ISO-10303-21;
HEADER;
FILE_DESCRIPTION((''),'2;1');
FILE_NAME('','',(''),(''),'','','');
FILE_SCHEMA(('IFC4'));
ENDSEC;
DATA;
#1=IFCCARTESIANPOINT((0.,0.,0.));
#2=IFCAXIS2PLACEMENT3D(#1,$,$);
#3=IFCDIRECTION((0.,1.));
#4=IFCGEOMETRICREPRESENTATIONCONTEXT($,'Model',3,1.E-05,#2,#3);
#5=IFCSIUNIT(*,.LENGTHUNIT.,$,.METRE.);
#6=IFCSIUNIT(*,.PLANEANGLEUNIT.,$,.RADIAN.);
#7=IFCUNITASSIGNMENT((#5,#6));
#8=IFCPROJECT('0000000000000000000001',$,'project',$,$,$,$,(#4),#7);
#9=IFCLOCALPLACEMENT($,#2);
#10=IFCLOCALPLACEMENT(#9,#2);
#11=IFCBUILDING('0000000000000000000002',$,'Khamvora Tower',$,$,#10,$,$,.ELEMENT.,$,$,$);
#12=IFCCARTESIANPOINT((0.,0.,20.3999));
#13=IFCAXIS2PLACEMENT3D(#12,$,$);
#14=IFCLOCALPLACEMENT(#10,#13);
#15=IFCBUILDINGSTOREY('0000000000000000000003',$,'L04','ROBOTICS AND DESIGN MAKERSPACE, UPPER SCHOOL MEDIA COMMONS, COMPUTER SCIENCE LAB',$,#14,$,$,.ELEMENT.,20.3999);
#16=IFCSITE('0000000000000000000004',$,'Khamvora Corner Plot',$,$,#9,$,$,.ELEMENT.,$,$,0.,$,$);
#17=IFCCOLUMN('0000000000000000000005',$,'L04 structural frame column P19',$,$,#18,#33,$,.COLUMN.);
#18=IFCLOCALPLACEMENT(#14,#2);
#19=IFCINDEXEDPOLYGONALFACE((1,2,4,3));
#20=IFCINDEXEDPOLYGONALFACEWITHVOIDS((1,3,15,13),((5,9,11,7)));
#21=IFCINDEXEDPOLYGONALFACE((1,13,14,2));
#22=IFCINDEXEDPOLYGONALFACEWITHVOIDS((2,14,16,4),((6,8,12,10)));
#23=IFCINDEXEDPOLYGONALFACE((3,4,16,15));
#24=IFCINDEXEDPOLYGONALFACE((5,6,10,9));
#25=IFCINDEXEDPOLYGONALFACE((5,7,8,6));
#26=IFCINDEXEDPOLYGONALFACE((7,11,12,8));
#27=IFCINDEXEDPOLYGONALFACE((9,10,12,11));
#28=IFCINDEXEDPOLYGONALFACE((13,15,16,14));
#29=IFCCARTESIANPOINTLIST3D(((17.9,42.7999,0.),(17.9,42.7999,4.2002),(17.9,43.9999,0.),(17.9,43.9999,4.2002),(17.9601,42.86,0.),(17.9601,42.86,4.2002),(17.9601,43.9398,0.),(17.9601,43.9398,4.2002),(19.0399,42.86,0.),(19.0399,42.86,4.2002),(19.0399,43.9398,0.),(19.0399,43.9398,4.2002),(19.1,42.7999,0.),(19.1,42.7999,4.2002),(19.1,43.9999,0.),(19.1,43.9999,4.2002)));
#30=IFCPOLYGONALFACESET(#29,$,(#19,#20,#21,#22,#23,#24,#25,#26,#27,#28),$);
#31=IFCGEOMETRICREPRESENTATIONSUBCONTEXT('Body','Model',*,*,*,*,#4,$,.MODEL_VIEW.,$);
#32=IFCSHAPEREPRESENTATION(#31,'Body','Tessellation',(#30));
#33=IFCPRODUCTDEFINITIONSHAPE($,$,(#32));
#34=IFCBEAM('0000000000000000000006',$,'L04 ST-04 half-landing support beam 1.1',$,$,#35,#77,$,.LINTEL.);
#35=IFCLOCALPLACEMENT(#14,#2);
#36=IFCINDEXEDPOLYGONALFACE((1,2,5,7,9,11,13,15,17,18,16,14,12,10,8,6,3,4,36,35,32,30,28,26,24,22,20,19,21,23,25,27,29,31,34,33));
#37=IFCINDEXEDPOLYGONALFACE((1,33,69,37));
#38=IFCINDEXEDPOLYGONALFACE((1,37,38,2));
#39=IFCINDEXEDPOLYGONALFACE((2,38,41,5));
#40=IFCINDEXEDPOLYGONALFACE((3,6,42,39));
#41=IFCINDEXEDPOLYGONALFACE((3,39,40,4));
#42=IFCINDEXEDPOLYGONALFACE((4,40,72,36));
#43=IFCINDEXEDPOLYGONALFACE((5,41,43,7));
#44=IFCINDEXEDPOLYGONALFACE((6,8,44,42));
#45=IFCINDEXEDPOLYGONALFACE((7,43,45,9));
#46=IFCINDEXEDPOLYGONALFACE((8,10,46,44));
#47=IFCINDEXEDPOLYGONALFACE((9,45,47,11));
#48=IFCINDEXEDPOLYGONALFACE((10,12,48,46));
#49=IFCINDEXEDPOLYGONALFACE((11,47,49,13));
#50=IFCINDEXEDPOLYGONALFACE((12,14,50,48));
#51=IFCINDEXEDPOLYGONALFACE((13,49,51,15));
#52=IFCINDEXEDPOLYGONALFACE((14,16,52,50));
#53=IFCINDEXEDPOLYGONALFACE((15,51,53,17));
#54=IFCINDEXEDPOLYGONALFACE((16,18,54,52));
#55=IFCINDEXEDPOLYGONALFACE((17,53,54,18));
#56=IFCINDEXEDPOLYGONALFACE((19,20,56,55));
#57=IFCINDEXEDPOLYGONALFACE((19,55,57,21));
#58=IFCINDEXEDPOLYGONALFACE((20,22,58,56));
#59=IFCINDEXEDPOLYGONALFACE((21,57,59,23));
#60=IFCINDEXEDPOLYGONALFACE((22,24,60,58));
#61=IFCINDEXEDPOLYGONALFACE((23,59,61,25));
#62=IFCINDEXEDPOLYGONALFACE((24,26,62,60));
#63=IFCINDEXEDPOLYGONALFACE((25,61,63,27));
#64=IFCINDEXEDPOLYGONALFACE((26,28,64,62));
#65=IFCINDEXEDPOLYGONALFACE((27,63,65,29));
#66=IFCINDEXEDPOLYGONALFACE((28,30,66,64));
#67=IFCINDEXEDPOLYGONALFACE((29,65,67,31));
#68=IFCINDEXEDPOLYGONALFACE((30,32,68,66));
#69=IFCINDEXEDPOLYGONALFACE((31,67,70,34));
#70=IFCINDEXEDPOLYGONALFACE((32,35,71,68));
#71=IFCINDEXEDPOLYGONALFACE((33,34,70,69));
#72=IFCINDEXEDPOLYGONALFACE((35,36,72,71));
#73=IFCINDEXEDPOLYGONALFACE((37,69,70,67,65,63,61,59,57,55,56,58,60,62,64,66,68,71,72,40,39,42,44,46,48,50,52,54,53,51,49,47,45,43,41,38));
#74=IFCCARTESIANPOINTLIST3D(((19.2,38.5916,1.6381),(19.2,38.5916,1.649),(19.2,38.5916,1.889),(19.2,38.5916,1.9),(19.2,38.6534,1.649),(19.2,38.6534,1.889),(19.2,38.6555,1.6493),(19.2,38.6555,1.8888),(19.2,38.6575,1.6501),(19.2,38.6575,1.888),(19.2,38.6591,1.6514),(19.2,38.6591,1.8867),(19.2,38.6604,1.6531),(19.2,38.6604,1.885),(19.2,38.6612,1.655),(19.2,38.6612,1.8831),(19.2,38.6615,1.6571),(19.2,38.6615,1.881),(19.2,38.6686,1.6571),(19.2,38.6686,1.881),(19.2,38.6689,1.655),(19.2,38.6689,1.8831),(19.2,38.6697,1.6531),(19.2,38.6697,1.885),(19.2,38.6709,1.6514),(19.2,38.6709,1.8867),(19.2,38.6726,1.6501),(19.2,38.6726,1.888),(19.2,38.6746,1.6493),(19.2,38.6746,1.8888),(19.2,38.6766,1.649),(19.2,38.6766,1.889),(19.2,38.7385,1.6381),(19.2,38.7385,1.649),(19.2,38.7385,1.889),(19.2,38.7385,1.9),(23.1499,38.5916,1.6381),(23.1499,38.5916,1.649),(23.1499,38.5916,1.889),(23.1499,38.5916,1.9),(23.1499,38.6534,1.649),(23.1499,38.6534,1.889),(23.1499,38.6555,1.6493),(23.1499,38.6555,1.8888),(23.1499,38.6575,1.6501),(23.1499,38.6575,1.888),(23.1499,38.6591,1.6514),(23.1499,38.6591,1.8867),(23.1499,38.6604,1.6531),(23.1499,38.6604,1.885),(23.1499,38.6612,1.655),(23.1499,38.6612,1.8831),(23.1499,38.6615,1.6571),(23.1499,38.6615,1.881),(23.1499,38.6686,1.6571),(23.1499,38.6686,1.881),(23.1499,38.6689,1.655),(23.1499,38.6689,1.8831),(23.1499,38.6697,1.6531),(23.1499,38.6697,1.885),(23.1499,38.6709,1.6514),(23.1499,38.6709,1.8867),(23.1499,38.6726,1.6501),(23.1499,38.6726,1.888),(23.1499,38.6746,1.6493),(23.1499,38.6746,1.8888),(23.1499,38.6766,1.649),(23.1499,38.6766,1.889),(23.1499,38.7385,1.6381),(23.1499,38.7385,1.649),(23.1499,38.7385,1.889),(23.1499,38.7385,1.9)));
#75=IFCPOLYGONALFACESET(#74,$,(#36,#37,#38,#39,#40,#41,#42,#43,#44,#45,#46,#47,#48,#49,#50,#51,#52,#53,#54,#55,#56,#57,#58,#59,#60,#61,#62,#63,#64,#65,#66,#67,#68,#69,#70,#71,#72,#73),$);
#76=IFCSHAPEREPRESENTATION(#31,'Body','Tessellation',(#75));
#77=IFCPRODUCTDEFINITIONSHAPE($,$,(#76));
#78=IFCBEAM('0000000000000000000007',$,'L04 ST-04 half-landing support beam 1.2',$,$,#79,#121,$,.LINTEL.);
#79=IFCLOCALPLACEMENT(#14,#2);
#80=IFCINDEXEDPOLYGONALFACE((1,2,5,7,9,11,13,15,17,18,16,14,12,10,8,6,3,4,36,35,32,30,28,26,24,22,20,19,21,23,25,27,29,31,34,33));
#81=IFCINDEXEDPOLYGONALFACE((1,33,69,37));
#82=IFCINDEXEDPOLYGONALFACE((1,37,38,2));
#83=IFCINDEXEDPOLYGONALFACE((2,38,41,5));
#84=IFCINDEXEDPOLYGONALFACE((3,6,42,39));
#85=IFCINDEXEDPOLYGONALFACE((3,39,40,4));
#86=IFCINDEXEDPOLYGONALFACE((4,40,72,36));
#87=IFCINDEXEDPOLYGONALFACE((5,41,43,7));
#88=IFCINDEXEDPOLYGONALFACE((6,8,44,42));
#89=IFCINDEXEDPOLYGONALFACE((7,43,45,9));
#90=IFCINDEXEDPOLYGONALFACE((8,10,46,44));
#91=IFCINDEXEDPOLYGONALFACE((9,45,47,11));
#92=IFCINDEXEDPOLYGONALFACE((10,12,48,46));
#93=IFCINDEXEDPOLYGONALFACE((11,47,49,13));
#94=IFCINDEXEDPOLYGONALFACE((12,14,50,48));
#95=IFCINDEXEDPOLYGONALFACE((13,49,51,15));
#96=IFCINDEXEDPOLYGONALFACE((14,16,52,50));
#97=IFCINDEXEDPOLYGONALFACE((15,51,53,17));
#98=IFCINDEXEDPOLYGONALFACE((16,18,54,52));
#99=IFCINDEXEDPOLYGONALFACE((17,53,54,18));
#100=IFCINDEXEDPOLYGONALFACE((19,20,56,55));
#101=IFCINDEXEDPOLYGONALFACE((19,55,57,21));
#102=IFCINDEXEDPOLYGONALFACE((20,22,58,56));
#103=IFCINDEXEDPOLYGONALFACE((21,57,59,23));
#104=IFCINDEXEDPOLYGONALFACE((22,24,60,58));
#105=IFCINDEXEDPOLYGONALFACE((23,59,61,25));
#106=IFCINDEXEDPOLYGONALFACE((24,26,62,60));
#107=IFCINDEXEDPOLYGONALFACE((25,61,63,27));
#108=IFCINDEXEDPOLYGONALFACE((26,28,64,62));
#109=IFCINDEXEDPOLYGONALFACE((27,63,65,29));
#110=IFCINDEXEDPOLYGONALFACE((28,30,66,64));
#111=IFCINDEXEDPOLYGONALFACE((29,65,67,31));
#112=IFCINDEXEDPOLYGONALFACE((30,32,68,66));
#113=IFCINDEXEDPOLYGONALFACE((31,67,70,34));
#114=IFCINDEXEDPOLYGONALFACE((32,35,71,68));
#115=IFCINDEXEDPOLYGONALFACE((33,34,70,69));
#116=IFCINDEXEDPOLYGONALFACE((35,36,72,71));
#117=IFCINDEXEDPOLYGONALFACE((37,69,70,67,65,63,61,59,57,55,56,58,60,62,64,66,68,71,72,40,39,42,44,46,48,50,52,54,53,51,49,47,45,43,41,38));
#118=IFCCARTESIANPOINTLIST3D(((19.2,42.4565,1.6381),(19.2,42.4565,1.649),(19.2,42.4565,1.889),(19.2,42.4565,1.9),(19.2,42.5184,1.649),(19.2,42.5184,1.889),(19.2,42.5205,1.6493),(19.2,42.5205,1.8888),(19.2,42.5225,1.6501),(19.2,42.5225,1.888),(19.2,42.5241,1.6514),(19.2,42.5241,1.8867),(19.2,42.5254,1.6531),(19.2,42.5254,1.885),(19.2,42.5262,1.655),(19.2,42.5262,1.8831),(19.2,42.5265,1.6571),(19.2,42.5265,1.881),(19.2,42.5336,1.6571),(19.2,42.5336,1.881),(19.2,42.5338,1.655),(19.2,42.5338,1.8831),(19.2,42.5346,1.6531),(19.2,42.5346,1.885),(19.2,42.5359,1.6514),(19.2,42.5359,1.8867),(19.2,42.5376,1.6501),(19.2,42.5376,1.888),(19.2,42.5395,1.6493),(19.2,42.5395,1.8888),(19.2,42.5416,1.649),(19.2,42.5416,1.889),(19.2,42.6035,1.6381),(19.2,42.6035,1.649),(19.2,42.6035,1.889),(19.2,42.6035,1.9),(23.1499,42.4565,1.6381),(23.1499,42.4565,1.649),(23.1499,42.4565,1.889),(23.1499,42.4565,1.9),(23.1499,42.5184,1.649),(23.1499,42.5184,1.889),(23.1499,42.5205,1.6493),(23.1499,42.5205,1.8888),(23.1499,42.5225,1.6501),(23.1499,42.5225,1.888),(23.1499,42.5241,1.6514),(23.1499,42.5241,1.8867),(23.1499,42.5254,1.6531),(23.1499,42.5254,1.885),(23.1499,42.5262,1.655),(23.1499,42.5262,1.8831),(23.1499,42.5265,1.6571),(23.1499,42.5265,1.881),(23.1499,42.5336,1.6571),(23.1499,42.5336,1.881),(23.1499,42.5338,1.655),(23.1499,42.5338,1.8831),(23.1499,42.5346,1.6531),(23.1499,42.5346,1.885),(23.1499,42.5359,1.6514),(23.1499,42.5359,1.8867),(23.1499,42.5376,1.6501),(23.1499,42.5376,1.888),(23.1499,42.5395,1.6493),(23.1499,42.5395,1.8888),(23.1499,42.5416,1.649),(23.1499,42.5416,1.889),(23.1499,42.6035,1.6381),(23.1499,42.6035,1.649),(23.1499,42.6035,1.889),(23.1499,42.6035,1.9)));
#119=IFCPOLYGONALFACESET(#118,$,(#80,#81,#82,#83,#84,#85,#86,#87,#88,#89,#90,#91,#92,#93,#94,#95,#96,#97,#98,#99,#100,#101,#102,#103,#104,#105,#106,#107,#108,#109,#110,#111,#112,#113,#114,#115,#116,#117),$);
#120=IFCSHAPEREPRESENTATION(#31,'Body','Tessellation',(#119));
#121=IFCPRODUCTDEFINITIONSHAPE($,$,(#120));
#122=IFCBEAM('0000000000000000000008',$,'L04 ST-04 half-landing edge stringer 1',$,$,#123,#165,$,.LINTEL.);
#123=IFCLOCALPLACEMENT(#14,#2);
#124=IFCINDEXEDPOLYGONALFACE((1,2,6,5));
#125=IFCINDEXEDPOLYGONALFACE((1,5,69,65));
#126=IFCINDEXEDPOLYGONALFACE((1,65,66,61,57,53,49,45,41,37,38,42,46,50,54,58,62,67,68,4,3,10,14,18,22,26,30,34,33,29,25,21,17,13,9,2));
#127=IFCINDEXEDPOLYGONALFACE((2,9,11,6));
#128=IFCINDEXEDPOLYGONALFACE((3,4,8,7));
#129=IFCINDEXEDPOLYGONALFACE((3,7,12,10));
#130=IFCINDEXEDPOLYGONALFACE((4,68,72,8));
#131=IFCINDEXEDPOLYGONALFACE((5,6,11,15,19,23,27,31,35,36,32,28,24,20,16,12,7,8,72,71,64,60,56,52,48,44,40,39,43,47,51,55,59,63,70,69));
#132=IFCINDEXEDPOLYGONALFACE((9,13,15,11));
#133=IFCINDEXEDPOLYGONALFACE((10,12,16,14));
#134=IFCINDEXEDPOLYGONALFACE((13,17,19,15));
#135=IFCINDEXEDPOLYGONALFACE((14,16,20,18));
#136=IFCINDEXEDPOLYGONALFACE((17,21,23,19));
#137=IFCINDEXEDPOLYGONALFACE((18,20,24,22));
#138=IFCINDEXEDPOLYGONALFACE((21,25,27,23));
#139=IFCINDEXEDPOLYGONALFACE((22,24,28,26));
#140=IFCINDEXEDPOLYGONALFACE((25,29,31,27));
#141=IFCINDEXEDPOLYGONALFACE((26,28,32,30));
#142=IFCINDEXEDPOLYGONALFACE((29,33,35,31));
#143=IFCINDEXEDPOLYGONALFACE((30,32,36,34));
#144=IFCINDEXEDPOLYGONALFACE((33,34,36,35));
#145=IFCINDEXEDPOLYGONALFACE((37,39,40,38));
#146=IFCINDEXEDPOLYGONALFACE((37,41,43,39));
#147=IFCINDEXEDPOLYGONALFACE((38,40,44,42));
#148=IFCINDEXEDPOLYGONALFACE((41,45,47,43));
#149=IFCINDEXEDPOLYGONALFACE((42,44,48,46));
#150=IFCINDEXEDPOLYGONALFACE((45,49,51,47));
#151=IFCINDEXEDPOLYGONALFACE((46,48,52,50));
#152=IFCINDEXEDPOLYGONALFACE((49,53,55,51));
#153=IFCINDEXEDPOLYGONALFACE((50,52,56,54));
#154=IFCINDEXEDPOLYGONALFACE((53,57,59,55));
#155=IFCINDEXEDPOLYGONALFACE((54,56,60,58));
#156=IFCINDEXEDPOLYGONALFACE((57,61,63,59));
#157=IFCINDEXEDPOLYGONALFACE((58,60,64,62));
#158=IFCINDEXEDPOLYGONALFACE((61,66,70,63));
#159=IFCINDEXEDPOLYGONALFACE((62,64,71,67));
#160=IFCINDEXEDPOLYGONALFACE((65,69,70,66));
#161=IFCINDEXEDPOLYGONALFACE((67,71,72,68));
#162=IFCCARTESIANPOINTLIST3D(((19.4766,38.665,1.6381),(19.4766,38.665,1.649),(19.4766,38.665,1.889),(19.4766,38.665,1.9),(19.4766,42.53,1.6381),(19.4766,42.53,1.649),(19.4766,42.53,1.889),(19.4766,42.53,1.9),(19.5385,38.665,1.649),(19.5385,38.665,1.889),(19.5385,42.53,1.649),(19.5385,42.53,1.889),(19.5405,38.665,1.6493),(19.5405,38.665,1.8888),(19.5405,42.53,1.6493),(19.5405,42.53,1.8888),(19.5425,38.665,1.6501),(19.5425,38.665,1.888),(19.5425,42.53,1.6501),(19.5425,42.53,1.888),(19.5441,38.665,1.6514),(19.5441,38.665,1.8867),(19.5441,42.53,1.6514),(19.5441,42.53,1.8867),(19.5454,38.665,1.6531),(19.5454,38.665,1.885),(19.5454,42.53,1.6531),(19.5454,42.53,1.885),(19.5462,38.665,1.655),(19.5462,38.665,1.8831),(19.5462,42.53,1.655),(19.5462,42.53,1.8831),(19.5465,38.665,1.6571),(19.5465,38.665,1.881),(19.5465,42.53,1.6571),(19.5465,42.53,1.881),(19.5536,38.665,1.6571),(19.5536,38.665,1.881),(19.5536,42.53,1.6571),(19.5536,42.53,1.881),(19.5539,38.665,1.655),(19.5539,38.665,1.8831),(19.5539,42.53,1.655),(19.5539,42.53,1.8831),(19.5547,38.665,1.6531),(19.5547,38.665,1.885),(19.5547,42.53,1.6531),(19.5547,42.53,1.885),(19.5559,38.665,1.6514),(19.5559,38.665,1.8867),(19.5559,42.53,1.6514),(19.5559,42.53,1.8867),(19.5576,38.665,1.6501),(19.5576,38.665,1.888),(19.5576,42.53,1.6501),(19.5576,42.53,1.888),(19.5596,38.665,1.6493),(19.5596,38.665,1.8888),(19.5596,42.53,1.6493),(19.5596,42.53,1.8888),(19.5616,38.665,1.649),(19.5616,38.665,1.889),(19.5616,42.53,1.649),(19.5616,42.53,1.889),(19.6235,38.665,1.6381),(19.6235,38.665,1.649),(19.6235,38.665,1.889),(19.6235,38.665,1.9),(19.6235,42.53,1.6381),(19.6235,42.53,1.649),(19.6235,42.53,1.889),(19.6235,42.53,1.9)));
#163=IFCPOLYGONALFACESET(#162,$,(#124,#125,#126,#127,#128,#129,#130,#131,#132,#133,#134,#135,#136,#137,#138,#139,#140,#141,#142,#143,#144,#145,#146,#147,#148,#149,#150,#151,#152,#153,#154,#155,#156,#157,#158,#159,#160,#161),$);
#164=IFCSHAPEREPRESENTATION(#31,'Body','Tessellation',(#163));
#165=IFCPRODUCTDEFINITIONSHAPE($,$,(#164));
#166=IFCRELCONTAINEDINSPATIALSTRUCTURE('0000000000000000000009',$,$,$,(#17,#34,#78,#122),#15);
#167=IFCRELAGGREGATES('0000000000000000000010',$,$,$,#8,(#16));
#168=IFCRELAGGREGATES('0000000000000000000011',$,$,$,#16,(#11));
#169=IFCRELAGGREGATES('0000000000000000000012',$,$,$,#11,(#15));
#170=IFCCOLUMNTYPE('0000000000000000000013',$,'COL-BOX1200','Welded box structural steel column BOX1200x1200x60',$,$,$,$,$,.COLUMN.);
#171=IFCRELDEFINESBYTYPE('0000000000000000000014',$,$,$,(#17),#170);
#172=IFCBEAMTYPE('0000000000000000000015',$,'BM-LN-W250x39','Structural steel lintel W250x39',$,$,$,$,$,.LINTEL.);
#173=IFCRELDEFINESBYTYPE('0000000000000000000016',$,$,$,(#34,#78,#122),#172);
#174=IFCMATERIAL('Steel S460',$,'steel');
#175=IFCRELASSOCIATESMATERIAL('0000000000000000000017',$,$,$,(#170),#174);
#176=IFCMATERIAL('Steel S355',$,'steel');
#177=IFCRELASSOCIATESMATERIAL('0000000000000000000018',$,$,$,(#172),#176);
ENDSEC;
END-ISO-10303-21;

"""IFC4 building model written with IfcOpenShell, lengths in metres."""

from ifc_helpers import new_model, si_unit, direction, frame, origin, origin_2d, place, context, subcontext, project, spatial, hollow_rectangle, i_section, extrude, material, material_profile, profile_set, type_object, element, save


model = new_model("IFC4")

# Units and contexts
model_context = context("Model", 3, precision=1e-05, world=origin(), true_north=direction((0.0, 1.0)))
body_context = subcontext(model_context, "Body", "Model", "MODEL_VIEW")
ifc_project = project(units=[si_unit("LENGTHUNIT", "METRE"), si_unit("PLANEANGLEUNIT", "RADIAN")], contexts=[model_context])

# Site, building, storey
site_placement = place(None, origin())
site = spatial("IfcSite", under=ifc_project, at=site_placement, Name="Khamvora Corner Plot", CompositionType="ELEMENT", RefElevation=0.0)
building_placement = place(site_placement, origin())
building = spatial("IfcBuilding", under=site, at=building_placement, Name="Khamvora Tower", CompositionType="ELEMENT")
storey_placement = place(building_placement, frame((0.0, 0.0, 20.3999)))
storey = spatial("IfcBuildingStorey", under=building, at=storey_placement, Name="L04", Description="ROBOTICS AND DESIGN MAKERSPACE, UPPER SCHOOL MEDIA COMMONS, COMPUTER SCIENCE LAB", CompositionType="ELEMENT", Elevation=20.3999)

# Column
ifc_material_1 = material(Name="Steel S460", Category="steel")
ifc_material_profile_1 = material_profile(ifc_material_1, hollow_rectangle(XDim=1.2, YDim=1.2, WallThickness=0.0601, at=origin_2d()), Name="BOX1200x1200x60")
ifc_profile_set_1 = profile_set([ifc_material_profile_1], Name="Steel S460")
column_type = type_object("IfcColumnType", Name="COL-BOX1200", Description="Welded box structural steel column BOX1200x1200x60", PredefinedType="COLUMN", material=ifc_profile_set_1)
column_placement = place(storey_placement, frame((18.5, 43.3999, 0.0), z_axis=(0.0, 0.0, 1.0), x_axis=(1.0, 0.0, 0.0)))
element("IfcColumn", 1, at=column_placement, inside=storey, type_object=column_type, Name="L04 structural frame column P19", PredefinedType="COLUMN", context=body_context, shape_type="SweptSolid", body=[
    extrude(hollow_rectangle(XDim=1.2, YDim=1.2, WallThickness=0.0601, at=origin_2d()), origin(), (0.0, 0.0, 1.0), 4.2002),
])

# Beams
ifc_material_2 = material(Name="Steel S355", Category="steel")
ifc_material_profile_2 = material_profile(ifc_material_2, i_section(OverallWidth=0.147, OverallDepth=0.262, WebThickness=0.0071, FlangeThickness=0.011, FilletRadius=0.0081, at=origin_2d()), Name="W250x39")
ifc_profile_set_2 = profile_set([ifc_material_profile_2], Name="Steel S355")
beam_type_1 = type_object("IfcBeamType", Name="BM-LN-W250x39", Description="Structural steel lintel W250x39", PredefinedType="LINTEL", material=ifc_profile_set_2)
for number, where, z_axis, x_axis, name in (
    (2, (19.2, 38.665, 1.769), (1.0, 0.0, 0.0), (0.0, 1.0, 0.0), "L04 ST-04 half-landing support beam 1.1"),
    (3, (19.2, 42.53, 1.769), (1.0, 0.0, 0.0), (0.0, 1.0, 0.0), "L04 ST-04 half-landing support beam 1.2"),
):
    element("IfcBeam", number, at=place(storey_placement, frame(where, z_axis=z_axis, x_axis=x_axis)), inside=storey, type_object=beam_type_1, Name=name, PredefinedType="LINTEL", context=body_context, shape_type="SweptSolid", body=[
        extrude(i_section(OverallWidth=0.147, OverallDepth=0.262, WebThickness=0.0071, FlangeThickness=0.011, FilletRadius=0.0081, at=origin_2d()), origin(), (0.0, 0.0, 1.0), 3.95),
    ])
beam_1_placement = place(storey_placement, frame((19.55, 38.665, 1.769), z_axis=(0.0, 1.0, 0.0), x_axis=(-1.0, 0.0, 0.0)))
element("IfcBeam", 4, at=beam_1_placement, inside=storey, type_object=beam_type_1, Name="L04 ST-04 half-landing edge stringer 1", PredefinedType="LINTEL", context=body_context, shape_type="SweptSolid", body=[
    extrude(i_section(OverallWidth=0.147, OverallDepth=0.262, WebThickness=0.0071, FlangeThickness=0.011, FilletRadius=0.0081, at=origin_2d()), origin(), (0.0, 0.0, 1.0), 3.865),
])

save(model, "model.ifc")
